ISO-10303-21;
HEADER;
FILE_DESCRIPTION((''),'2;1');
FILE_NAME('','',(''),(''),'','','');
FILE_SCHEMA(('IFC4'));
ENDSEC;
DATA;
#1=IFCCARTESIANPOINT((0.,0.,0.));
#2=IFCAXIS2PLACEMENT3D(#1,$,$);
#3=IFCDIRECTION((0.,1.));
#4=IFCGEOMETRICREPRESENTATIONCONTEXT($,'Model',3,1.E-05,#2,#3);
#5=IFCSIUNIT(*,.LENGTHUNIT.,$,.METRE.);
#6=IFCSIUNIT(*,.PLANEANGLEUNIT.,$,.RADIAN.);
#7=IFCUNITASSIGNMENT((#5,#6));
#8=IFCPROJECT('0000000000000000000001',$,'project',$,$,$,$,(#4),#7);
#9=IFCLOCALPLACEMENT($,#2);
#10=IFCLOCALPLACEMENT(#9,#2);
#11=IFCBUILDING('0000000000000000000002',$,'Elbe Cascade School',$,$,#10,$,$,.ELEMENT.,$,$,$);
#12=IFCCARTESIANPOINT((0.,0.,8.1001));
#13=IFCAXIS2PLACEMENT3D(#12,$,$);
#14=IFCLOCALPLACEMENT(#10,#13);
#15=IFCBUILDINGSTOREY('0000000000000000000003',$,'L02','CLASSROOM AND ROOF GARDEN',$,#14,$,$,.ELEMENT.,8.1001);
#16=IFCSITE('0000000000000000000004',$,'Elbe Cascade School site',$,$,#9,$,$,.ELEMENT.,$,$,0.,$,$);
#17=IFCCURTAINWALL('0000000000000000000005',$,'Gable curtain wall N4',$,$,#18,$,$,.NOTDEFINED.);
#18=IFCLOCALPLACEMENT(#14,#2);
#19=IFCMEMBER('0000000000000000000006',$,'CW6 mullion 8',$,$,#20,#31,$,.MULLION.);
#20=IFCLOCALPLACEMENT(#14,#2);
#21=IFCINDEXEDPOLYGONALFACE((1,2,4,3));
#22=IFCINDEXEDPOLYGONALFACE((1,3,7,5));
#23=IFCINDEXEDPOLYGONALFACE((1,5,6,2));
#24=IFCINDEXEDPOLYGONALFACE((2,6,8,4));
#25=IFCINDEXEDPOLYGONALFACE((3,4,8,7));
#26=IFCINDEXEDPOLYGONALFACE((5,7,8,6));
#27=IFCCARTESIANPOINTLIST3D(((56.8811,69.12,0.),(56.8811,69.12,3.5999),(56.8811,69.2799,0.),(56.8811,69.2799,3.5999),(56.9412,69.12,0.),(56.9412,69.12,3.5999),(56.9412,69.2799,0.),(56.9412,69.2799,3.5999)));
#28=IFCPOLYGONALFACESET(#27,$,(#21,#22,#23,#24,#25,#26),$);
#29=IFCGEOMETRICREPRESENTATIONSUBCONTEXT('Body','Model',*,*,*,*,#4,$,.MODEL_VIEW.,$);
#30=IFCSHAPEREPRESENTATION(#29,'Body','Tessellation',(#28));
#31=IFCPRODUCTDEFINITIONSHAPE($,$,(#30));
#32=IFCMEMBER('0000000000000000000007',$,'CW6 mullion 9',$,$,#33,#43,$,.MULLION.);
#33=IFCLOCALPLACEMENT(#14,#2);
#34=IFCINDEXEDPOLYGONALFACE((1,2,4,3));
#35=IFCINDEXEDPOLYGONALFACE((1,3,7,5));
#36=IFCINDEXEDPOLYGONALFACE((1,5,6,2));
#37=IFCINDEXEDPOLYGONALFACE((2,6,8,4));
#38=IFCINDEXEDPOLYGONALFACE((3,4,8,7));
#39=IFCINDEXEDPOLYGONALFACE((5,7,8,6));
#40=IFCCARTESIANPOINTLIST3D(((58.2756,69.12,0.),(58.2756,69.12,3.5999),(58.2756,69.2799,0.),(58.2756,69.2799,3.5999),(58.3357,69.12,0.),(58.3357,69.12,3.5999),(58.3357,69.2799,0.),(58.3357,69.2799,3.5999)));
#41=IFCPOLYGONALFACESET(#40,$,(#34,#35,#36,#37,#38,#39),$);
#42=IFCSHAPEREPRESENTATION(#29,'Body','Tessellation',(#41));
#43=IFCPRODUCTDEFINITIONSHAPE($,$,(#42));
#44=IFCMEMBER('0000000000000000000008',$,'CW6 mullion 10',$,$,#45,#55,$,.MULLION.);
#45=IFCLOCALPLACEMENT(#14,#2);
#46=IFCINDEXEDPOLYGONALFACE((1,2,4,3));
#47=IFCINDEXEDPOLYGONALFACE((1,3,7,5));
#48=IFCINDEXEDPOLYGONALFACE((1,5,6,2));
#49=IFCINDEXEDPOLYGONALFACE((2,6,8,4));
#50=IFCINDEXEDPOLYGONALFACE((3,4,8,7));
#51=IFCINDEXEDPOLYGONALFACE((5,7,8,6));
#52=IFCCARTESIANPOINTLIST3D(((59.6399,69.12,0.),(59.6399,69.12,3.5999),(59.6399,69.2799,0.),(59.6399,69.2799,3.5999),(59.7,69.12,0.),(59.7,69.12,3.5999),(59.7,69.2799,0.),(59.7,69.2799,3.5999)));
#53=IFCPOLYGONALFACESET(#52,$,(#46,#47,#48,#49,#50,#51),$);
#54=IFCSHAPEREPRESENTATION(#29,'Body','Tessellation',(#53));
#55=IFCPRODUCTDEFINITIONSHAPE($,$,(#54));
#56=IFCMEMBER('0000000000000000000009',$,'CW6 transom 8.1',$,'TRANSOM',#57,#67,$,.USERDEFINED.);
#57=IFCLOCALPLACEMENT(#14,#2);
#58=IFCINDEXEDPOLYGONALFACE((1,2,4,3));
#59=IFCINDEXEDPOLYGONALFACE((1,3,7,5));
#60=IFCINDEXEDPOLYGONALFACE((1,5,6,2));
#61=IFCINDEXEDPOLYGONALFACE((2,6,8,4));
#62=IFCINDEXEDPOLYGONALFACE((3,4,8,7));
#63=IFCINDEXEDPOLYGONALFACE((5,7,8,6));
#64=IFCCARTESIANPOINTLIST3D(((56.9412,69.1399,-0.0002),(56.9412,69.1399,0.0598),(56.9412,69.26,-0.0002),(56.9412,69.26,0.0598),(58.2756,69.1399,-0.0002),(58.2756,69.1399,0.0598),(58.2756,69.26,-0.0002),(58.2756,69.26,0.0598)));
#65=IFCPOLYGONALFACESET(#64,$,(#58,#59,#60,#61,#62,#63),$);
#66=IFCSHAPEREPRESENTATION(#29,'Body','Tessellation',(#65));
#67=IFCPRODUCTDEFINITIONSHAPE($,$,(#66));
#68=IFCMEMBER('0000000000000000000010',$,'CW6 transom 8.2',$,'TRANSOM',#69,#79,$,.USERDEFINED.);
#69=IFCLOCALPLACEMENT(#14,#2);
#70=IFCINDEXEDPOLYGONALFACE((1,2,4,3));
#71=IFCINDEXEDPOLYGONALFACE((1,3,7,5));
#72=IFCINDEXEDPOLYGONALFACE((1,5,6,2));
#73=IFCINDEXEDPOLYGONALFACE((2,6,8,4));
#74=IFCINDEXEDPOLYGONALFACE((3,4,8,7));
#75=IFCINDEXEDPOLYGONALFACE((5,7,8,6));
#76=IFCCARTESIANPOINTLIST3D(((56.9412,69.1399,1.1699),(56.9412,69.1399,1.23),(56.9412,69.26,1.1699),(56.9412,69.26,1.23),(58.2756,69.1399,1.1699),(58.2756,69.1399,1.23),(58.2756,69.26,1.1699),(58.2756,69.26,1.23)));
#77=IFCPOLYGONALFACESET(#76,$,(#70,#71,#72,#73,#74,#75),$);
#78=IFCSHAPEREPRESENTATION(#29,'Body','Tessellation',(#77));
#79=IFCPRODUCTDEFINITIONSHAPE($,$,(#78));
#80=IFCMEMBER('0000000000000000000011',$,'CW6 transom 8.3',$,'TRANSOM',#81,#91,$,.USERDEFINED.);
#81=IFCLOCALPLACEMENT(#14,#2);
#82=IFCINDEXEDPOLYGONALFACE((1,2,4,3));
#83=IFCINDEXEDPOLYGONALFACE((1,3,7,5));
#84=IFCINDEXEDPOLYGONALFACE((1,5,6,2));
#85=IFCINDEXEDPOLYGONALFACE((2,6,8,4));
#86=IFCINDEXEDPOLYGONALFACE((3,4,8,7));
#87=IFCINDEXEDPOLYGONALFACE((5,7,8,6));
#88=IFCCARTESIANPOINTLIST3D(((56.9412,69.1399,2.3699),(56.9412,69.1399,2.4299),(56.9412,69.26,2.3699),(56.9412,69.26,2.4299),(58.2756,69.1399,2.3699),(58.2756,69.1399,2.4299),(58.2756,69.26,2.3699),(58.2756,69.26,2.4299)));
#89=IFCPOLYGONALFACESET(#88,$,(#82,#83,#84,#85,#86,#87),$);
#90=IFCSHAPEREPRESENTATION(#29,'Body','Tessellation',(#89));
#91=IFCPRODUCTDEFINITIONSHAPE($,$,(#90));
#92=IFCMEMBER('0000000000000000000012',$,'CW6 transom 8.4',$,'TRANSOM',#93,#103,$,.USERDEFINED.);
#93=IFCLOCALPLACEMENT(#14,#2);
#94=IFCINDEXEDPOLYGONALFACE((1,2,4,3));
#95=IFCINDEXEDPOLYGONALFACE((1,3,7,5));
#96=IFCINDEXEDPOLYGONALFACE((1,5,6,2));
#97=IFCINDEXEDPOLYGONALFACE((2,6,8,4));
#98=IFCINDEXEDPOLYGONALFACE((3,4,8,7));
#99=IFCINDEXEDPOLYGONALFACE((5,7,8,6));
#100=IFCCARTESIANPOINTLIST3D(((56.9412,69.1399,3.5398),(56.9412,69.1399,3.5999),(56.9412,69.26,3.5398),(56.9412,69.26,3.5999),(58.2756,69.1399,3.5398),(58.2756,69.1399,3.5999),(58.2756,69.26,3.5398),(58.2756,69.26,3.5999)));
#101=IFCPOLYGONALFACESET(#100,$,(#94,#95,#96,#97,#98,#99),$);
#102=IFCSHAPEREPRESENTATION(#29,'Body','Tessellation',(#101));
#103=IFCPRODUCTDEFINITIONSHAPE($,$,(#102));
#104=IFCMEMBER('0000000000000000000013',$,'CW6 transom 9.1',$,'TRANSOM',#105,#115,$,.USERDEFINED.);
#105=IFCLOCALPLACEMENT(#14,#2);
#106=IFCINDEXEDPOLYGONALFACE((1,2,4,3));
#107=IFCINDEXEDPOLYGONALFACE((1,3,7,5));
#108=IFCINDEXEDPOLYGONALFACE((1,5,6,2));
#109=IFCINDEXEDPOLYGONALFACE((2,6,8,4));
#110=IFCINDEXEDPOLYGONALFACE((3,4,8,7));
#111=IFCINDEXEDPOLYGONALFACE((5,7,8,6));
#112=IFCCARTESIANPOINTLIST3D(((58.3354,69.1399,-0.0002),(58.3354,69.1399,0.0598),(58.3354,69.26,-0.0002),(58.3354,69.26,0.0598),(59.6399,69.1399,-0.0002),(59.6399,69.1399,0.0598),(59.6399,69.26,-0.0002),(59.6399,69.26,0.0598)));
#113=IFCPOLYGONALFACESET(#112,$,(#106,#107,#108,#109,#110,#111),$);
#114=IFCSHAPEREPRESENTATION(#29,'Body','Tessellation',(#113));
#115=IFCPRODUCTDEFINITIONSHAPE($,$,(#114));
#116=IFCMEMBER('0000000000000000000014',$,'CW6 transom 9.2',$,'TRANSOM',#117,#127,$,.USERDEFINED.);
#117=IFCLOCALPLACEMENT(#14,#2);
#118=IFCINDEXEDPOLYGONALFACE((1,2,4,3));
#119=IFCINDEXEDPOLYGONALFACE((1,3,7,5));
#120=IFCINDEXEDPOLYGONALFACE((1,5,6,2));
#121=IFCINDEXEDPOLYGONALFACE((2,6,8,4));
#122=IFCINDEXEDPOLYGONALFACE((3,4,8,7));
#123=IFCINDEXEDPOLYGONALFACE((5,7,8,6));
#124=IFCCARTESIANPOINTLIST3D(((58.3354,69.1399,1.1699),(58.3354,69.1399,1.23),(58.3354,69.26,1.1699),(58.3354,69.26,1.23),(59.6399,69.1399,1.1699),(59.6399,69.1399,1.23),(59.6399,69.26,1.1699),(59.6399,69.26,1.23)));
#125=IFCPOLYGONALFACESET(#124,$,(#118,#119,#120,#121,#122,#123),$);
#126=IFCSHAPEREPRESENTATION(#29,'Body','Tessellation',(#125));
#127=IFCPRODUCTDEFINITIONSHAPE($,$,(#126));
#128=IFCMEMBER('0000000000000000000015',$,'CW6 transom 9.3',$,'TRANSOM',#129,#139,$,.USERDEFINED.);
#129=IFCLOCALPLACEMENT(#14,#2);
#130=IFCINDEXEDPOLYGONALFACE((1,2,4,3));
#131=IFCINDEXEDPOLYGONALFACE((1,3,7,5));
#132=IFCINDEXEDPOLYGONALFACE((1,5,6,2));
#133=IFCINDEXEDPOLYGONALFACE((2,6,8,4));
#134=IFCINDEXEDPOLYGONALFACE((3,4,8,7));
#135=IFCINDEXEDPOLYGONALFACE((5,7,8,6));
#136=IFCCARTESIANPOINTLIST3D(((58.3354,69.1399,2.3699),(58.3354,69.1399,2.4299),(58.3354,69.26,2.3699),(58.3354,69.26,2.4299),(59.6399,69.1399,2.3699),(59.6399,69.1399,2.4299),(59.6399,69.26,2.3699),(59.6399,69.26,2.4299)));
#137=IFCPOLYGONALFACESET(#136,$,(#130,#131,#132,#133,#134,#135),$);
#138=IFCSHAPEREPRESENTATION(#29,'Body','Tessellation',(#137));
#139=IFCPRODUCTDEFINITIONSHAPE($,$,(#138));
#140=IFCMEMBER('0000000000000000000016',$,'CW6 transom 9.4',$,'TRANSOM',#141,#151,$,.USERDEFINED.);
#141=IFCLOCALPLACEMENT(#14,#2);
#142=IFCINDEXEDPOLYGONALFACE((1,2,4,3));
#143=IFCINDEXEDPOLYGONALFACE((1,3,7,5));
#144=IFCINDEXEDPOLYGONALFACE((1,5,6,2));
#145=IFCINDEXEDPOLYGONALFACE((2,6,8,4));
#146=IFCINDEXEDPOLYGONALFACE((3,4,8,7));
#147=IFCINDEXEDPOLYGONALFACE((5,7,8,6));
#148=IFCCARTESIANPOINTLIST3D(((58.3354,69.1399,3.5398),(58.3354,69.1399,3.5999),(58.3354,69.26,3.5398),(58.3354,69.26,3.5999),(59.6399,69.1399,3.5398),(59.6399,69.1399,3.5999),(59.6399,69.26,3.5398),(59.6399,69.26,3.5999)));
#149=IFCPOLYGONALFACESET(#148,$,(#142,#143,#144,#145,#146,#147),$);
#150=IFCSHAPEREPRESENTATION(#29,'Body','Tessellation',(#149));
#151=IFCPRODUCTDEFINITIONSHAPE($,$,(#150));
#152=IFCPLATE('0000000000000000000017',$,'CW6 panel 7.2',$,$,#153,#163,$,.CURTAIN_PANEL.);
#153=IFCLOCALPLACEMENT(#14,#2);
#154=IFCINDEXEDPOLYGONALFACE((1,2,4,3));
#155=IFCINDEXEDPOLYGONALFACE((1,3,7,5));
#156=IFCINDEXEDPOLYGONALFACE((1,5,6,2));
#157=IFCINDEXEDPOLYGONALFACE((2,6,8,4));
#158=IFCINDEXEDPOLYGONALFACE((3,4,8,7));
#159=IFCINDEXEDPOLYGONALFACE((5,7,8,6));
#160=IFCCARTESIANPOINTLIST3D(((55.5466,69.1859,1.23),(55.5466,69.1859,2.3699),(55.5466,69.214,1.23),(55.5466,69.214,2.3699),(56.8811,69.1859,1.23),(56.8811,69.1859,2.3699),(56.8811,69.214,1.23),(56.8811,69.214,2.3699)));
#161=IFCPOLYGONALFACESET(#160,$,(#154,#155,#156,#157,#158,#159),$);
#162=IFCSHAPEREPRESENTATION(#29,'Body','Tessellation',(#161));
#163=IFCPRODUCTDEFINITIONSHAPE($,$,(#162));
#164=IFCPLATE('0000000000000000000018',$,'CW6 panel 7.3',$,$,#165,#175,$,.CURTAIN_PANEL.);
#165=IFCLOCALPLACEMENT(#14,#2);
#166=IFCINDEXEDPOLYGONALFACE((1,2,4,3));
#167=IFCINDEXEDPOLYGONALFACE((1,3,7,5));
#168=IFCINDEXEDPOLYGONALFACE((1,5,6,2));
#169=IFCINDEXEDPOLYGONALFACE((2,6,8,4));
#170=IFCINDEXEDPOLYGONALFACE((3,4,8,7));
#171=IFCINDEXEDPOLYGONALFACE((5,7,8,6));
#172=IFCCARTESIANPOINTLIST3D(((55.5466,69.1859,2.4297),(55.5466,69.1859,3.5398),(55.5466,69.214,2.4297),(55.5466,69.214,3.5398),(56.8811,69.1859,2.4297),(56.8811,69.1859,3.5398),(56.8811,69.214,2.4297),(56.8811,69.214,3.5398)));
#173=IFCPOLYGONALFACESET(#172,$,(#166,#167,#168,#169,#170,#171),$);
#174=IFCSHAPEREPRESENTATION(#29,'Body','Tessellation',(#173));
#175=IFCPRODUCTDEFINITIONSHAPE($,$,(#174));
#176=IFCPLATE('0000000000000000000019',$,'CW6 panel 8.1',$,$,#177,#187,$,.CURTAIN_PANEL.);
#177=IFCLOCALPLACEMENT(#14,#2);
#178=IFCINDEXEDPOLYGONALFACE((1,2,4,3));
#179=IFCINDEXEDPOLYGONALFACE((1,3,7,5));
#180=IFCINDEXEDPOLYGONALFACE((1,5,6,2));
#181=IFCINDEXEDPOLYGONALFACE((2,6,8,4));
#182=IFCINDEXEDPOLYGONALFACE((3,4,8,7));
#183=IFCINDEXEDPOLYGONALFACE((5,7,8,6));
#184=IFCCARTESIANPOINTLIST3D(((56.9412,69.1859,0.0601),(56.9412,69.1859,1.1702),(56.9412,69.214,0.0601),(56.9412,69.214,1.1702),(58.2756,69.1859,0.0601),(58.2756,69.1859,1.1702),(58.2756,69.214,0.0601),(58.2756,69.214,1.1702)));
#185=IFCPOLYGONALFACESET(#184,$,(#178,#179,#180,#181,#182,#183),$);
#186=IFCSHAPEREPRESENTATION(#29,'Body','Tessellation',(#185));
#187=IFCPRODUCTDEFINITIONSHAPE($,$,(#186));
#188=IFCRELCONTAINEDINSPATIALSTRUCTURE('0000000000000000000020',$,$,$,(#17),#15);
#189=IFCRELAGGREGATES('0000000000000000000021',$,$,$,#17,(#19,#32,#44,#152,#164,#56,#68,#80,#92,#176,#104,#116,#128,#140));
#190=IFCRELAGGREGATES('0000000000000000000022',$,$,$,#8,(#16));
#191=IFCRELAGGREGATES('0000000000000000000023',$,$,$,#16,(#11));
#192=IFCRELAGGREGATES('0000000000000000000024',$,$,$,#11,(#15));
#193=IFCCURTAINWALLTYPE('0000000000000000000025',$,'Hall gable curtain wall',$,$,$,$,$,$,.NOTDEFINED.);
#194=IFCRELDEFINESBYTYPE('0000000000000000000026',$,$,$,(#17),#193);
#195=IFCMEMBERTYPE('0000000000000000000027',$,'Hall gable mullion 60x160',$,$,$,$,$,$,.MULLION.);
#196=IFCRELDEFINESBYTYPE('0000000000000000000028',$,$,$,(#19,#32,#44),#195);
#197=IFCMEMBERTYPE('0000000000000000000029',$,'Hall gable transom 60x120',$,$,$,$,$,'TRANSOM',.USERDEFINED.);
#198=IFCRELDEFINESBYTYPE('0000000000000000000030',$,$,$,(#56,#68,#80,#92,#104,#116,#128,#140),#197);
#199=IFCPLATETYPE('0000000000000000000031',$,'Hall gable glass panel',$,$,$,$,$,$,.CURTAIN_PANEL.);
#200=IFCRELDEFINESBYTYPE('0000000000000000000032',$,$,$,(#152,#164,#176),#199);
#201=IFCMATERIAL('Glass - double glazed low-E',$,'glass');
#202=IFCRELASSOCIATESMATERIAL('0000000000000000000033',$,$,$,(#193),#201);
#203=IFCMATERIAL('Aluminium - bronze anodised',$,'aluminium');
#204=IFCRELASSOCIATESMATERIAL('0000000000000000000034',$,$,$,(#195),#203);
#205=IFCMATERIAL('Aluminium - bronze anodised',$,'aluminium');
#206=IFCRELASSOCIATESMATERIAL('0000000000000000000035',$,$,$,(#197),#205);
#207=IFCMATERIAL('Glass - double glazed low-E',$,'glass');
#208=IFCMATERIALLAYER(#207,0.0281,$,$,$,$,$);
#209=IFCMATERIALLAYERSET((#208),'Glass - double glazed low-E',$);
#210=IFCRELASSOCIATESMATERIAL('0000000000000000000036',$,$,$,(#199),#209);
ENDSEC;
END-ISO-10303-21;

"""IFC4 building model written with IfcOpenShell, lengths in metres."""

from ifc_helpers import new_model, si_unit, direction, frame, origin, origin_2d, place, context, subcontext, project, spatial, rectangle, extrude, material, layer, layer_set, material_profile, profile_set, type_object, element, aggregate, save


model = new_model("IFC4")

# Units and contexts
model_context = context("Model", 3, precision=1e-05, world=origin(), true_north=direction((0.0, 1.0)))
body_context = subcontext(model_context, "Body", "Model", "MODEL_VIEW")
ifc_project = project(units=[si_unit("LENGTHUNIT", "METRE"), si_unit("PLANEANGLEUNIT", "RADIAN")], contexts=[model_context])

# Site, building, storey
site_placement = place(None, origin())
site = spatial("IfcSite", under=ifc_project, at=site_placement, Name="Elbe Cascade School site", CompositionType="ELEMENT", RefElevation=0.0)
building_placement = place(site_placement, origin())
building = spatial("IfcBuilding", under=site, at=building_placement, Name="Elbe Cascade School", CompositionType="ELEMENT")
storey_placement = place(building_placement, frame((0.0, 0.0, 8.1001)))
storey = spatial("IfcBuildingStorey", under=building, at=storey_placement, Name="L02", Description="CLASSROOM AND ROOF GARDEN", CompositionType="ELEMENT", Elevation=8.1001)

# Curtain wall, members, plates
ifc_material_1 = material(Name="Glass - double glazed low-E", Category="glass")
curtain_wall_type = type_object("IfcCurtainWallType", Name="Hall gable curtain wall", PredefinedType="NOTDEFINED", material=ifc_material_1)
curtain_wall_placement = place(storey_placement, origin())
curtain_wall = element("IfcCurtainWall", 1, at=curtain_wall_placement, inside=storey, type_object=curtain_wall_type, Name="Gable curtain wall N4", PredefinedType="NOTDEFINED")
ifc_material_2 = material(Name="Aluminium - bronze anodised", Category="aluminium")
ifc_material_profile_1 = material_profile(ifc_material_2, rectangle(XDim=0.1599, YDim=0.0601, at=origin_2d()), Name="Alu 60x160")
ifc_profile_set_1 = profile_set([ifc_material_profile_1], Name="Aluminium - bronze anodised")
member_type_1 = type_object("IfcMemberType", Name="Hall gable mullion 60x160", PredefinedType="MULLION", material=ifc_profile_set_1)
member_1_placement = place(storey_placement, frame((56.9111, 69.2, 0.0), z_axis=(0.0, 0.0, 1.0), x_axis=(0.0, 1.0, 0.0)))
member_1 = element("IfcMember", 2, at=member_1_placement, type_object=member_type_1, Name="CW6 mullion 8", PredefinedType="MULLION", context=body_context, shape_type="SweptSolid", body=[
    extrude(rectangle(XDim=0.1599, YDim=0.0601, at=origin_2d()), origin(), (0.0, 0.0, 1.0), 3.5999),
])
member_2_placement = place(storey_placement, frame((58.3057, 69.2, 0.0), z_axis=(0.0, 0.0, 1.0), x_axis=(0.0, 1.0, 0.0)))
member_2 = element("IfcMember", 3, at=member_2_placement, type_object=member_type_1, Name="CW6 mullion 9", PredefinedType="MULLION", context=body_context, shape_type="SweptSolid", body=[
    extrude(rectangle(XDim=0.1599, YDim=0.0601, at=origin_2d()), origin(), (0.0, 0.0, 1.0), 3.5999),
])
member_3_placement = place(storey_placement, frame((59.6699, 69.2, 0.0), z_axis=(0.0, 0.0, 1.0), x_axis=(0.0, 1.0, 0.0)))
member_3 = element("IfcMember", 4, at=member_3_placement, type_object=member_type_1, Name="CW6 mullion 10", PredefinedType="MULLION", context=body_context, shape_type="SweptSolid", body=[
    extrude(rectangle(XDim=0.1599, YDim=0.0601, at=origin_2d()), origin(), (0.0, 0.0, 1.0), 3.5999),
])
ifc_material_3 = material(Name="Aluminium - bronze anodised", Category="aluminium")
ifc_material_profile_2 = material_profile(ifc_material_3, rectangle(XDim=0.1201, YDim=0.0601, at=origin_2d()), Name="Alu 60x120")
ifc_profile_set_2 = profile_set([ifc_material_profile_2], Name="Aluminium - bronze anodised")
member_type_2 = type_object("IfcMemberType", Name="Hall gable transom 60x120", ElementType="TRANSOM", PredefinedType="USERDEFINED", material=ifc_profile_set_2)
member_4_placement = place(storey_placement, frame((56.9412, 69.2, 0.0298), z_axis=(1.0, 0.0, 0.0), x_axis=(0.0, 1.0, 0.0)))
member_4 = element("IfcMember", 5, at=member_4_placement, type_object=member_type_2, Name="CW6 transom 8.1", ObjectType="TRANSOM", PredefinedType="USERDEFINED", context=body_context, shape_type="SweptSolid", body=[
    extrude(rectangle(XDim=0.1201, YDim=0.0601, at=origin_2d()), origin(), (0.0, 0.0, 1.0), 1.3345),
])
member_5_placement = place(storey_placement, frame((56.9412, 69.2, 1.2), z_axis=(1.0, 0.0, 0.0), x_axis=(0.0, 1.0, 0.0)))
member_5 = element("IfcMember", 6, at=member_5_placement, type_object=member_type_2, Name="CW6 transom 8.2", ObjectType="TRANSOM", PredefinedType="USERDEFINED", context=body_context, shape_type="SweptSolid", body=[
    extrude(rectangle(XDim=0.1201, YDim=0.0601, at=origin_2d()), origin(), (0.0, 0.0, 1.0), 1.3345),
])
member_6_placement = place(storey_placement, frame((56.9412, 69.2, 2.3999), z_axis=(1.0, 0.0, 0.0), x_axis=(0.0, 1.0, 0.0)))
member_6 = element("IfcMember", 7, at=member_6_placement, type_object=member_type_2, Name="CW6 transom 8.3", ObjectType="TRANSOM", PredefinedType="USERDEFINED", context=body_context, shape_type="SweptSolid", body=[
    extrude(rectangle(XDim=0.1201, YDim=0.0601, at=origin_2d()), origin(), (0.0, 0.0, 1.0), 1.3345),
])
member_7_placement = place(storey_placement, frame((56.9412, 69.2, 3.5698), z_axis=(1.0, 0.0, 0.0), x_axis=(0.0, 1.0, 0.0)))
member_7 = element("IfcMember", 8, at=member_7_placement, type_object=member_type_2, Name="CW6 transom 8.4", ObjectType="TRANSOM", PredefinedType="USERDEFINED", context=body_context, shape_type="SweptSolid", body=[
    extrude(rectangle(XDim=0.1201, YDim=0.0601, at=origin_2d()), origin(), (0.0, 0.0, 1.0), 1.3345),
])
member_8_placement = place(storey_placement, frame((58.3354, 69.2, 0.0298), z_axis=(1.0, 0.0, 0.0), x_axis=(0.0, 1.0, 0.0)))
member_8 = element("IfcMember", 9, at=member_8_placement, type_object=member_type_2, Name="CW6 transom 9.1", ObjectType="TRANSOM", PredefinedType="USERDEFINED", context=body_context, shape_type="SweptSolid", body=[
    extrude(rectangle(XDim=0.1201, YDim=0.0601, at=origin_2d()), origin(), (0.0, 0.0, 1.0), 1.3044),
])
member_9_placement = place(storey_placement, frame((58.3354, 69.2, 1.2), z_axis=(1.0, 0.0, 0.0), x_axis=(0.0, 1.0, 0.0)))
member_9 = element("IfcMember", 10, at=member_9_placement, type_object=member_type_2, Name="CW6 transom 9.2", ObjectType="TRANSOM", PredefinedType="USERDEFINED", context=body_context, shape_type="SweptSolid", body=[
    extrude(rectangle(XDim=0.1201, YDim=0.0601, at=origin_2d()), origin(), (0.0, 0.0, 1.0), 1.3044),
])
member_10_placement = place(storey_placement, frame((58.3354, 69.2, 2.3999), z_axis=(1.0, 0.0, 0.0), x_axis=(0.0, 1.0, 0.0)))
member_10 = element("IfcMember", 11, at=member_10_placement, type_object=member_type_2, Name="CW6 transom 9.3", ObjectType="TRANSOM", PredefinedType="USERDEFINED", context=body_context, shape_type="SweptSolid", body=[
    extrude(rectangle(XDim=0.1201, YDim=0.0601, at=origin_2d()), origin(), (0.0, 0.0, 1.0), 1.3044),
])
member_11_placement = place(storey_placement, frame((58.3354, 69.2, 3.5698), z_axis=(1.0, 0.0, 0.0), x_axis=(0.0, 1.0, 0.0)))
member_11 = element("IfcMember", 12, at=member_11_placement, type_object=member_type_2, Name="CW6 transom 9.4", ObjectType="TRANSOM", PredefinedType="USERDEFINED", context=body_context, shape_type="SweptSolid", body=[
    extrude(rectangle(XDim=0.1201, YDim=0.0601, at=origin_2d()), origin(), (0.0, 0.0, 1.0), 1.3044),
])
ifc_material_4 = material(Name="Glass - double glazed low-E", Category="glass")
ifc_layer = layer(ifc_material_4, 0.0281)
ifc_layer_set = layer_set([ifc_layer], Name="Glass - double glazed low-E")
plate_type = type_object("IfcPlateType", Name="Hall gable glass panel", PredefinedType="CURTAIN_PANEL", material=ifc_layer_set)
plate_1_placement = place(storey_placement, frame((56.2139, 69.2, 1.23), z_axis=(0.0, 0.0, 1.0), x_axis=(1.0, 0.0, 0.0)))
plate_1 = element("IfcPlate", 13, at=plate_1_placement, type_object=plate_type, Name="CW6 panel 7.2", PredefinedType="CURTAIN_PANEL", context=body_context, shape_type="SweptSolid", body=[
    extrude(rectangle(XDim=1.3345, YDim=0.0281, at=origin_2d()), origin(), (0.0, 0.0, 1.0), 1.1399),
])
plate_2_placement = place(storey_placement, frame((56.2139, 69.2, 2.4297), z_axis=(0.0, 0.0, 1.0), x_axis=(1.0, 0.0, 0.0)))
plate_2 = element("IfcPlate", 14, at=plate_2_placement, type_object=plate_type, Name="CW6 panel 7.3", PredefinedType="CURTAIN_PANEL", context=body_context, shape_type="SweptSolid", body=[
    extrude(rectangle(XDim=1.3345, YDim=0.0281, at=origin_2d()), origin(), (0.0, 0.0, 1.0), 1.1101),
])
plate_3_placement = place(storey_placement, frame((57.6084, 69.2, 0.0601), z_axis=(0.0, 0.0, 1.0), x_axis=(1.0, 0.0, 0.0)))
plate_3 = element("IfcPlate", 15, at=plate_3_placement, type_object=plate_type, Name="CW6 panel 8.1", PredefinedType="CURTAIN_PANEL", context=body_context, shape_type="SweptSolid", body=[
    extrude(rectangle(XDim=1.3345, YDim=0.0281, at=origin_2d()), origin(), (0.0, 0.0, 1.0), 1.1101),
])
aggregate(curtain_wall, [member_1, member_2, member_3, plate_1, plate_2, member_4, member_5, member_6, member_7, plate_3, member_8, member_9, member_10, member_11])

save(model, "model.ifc")
